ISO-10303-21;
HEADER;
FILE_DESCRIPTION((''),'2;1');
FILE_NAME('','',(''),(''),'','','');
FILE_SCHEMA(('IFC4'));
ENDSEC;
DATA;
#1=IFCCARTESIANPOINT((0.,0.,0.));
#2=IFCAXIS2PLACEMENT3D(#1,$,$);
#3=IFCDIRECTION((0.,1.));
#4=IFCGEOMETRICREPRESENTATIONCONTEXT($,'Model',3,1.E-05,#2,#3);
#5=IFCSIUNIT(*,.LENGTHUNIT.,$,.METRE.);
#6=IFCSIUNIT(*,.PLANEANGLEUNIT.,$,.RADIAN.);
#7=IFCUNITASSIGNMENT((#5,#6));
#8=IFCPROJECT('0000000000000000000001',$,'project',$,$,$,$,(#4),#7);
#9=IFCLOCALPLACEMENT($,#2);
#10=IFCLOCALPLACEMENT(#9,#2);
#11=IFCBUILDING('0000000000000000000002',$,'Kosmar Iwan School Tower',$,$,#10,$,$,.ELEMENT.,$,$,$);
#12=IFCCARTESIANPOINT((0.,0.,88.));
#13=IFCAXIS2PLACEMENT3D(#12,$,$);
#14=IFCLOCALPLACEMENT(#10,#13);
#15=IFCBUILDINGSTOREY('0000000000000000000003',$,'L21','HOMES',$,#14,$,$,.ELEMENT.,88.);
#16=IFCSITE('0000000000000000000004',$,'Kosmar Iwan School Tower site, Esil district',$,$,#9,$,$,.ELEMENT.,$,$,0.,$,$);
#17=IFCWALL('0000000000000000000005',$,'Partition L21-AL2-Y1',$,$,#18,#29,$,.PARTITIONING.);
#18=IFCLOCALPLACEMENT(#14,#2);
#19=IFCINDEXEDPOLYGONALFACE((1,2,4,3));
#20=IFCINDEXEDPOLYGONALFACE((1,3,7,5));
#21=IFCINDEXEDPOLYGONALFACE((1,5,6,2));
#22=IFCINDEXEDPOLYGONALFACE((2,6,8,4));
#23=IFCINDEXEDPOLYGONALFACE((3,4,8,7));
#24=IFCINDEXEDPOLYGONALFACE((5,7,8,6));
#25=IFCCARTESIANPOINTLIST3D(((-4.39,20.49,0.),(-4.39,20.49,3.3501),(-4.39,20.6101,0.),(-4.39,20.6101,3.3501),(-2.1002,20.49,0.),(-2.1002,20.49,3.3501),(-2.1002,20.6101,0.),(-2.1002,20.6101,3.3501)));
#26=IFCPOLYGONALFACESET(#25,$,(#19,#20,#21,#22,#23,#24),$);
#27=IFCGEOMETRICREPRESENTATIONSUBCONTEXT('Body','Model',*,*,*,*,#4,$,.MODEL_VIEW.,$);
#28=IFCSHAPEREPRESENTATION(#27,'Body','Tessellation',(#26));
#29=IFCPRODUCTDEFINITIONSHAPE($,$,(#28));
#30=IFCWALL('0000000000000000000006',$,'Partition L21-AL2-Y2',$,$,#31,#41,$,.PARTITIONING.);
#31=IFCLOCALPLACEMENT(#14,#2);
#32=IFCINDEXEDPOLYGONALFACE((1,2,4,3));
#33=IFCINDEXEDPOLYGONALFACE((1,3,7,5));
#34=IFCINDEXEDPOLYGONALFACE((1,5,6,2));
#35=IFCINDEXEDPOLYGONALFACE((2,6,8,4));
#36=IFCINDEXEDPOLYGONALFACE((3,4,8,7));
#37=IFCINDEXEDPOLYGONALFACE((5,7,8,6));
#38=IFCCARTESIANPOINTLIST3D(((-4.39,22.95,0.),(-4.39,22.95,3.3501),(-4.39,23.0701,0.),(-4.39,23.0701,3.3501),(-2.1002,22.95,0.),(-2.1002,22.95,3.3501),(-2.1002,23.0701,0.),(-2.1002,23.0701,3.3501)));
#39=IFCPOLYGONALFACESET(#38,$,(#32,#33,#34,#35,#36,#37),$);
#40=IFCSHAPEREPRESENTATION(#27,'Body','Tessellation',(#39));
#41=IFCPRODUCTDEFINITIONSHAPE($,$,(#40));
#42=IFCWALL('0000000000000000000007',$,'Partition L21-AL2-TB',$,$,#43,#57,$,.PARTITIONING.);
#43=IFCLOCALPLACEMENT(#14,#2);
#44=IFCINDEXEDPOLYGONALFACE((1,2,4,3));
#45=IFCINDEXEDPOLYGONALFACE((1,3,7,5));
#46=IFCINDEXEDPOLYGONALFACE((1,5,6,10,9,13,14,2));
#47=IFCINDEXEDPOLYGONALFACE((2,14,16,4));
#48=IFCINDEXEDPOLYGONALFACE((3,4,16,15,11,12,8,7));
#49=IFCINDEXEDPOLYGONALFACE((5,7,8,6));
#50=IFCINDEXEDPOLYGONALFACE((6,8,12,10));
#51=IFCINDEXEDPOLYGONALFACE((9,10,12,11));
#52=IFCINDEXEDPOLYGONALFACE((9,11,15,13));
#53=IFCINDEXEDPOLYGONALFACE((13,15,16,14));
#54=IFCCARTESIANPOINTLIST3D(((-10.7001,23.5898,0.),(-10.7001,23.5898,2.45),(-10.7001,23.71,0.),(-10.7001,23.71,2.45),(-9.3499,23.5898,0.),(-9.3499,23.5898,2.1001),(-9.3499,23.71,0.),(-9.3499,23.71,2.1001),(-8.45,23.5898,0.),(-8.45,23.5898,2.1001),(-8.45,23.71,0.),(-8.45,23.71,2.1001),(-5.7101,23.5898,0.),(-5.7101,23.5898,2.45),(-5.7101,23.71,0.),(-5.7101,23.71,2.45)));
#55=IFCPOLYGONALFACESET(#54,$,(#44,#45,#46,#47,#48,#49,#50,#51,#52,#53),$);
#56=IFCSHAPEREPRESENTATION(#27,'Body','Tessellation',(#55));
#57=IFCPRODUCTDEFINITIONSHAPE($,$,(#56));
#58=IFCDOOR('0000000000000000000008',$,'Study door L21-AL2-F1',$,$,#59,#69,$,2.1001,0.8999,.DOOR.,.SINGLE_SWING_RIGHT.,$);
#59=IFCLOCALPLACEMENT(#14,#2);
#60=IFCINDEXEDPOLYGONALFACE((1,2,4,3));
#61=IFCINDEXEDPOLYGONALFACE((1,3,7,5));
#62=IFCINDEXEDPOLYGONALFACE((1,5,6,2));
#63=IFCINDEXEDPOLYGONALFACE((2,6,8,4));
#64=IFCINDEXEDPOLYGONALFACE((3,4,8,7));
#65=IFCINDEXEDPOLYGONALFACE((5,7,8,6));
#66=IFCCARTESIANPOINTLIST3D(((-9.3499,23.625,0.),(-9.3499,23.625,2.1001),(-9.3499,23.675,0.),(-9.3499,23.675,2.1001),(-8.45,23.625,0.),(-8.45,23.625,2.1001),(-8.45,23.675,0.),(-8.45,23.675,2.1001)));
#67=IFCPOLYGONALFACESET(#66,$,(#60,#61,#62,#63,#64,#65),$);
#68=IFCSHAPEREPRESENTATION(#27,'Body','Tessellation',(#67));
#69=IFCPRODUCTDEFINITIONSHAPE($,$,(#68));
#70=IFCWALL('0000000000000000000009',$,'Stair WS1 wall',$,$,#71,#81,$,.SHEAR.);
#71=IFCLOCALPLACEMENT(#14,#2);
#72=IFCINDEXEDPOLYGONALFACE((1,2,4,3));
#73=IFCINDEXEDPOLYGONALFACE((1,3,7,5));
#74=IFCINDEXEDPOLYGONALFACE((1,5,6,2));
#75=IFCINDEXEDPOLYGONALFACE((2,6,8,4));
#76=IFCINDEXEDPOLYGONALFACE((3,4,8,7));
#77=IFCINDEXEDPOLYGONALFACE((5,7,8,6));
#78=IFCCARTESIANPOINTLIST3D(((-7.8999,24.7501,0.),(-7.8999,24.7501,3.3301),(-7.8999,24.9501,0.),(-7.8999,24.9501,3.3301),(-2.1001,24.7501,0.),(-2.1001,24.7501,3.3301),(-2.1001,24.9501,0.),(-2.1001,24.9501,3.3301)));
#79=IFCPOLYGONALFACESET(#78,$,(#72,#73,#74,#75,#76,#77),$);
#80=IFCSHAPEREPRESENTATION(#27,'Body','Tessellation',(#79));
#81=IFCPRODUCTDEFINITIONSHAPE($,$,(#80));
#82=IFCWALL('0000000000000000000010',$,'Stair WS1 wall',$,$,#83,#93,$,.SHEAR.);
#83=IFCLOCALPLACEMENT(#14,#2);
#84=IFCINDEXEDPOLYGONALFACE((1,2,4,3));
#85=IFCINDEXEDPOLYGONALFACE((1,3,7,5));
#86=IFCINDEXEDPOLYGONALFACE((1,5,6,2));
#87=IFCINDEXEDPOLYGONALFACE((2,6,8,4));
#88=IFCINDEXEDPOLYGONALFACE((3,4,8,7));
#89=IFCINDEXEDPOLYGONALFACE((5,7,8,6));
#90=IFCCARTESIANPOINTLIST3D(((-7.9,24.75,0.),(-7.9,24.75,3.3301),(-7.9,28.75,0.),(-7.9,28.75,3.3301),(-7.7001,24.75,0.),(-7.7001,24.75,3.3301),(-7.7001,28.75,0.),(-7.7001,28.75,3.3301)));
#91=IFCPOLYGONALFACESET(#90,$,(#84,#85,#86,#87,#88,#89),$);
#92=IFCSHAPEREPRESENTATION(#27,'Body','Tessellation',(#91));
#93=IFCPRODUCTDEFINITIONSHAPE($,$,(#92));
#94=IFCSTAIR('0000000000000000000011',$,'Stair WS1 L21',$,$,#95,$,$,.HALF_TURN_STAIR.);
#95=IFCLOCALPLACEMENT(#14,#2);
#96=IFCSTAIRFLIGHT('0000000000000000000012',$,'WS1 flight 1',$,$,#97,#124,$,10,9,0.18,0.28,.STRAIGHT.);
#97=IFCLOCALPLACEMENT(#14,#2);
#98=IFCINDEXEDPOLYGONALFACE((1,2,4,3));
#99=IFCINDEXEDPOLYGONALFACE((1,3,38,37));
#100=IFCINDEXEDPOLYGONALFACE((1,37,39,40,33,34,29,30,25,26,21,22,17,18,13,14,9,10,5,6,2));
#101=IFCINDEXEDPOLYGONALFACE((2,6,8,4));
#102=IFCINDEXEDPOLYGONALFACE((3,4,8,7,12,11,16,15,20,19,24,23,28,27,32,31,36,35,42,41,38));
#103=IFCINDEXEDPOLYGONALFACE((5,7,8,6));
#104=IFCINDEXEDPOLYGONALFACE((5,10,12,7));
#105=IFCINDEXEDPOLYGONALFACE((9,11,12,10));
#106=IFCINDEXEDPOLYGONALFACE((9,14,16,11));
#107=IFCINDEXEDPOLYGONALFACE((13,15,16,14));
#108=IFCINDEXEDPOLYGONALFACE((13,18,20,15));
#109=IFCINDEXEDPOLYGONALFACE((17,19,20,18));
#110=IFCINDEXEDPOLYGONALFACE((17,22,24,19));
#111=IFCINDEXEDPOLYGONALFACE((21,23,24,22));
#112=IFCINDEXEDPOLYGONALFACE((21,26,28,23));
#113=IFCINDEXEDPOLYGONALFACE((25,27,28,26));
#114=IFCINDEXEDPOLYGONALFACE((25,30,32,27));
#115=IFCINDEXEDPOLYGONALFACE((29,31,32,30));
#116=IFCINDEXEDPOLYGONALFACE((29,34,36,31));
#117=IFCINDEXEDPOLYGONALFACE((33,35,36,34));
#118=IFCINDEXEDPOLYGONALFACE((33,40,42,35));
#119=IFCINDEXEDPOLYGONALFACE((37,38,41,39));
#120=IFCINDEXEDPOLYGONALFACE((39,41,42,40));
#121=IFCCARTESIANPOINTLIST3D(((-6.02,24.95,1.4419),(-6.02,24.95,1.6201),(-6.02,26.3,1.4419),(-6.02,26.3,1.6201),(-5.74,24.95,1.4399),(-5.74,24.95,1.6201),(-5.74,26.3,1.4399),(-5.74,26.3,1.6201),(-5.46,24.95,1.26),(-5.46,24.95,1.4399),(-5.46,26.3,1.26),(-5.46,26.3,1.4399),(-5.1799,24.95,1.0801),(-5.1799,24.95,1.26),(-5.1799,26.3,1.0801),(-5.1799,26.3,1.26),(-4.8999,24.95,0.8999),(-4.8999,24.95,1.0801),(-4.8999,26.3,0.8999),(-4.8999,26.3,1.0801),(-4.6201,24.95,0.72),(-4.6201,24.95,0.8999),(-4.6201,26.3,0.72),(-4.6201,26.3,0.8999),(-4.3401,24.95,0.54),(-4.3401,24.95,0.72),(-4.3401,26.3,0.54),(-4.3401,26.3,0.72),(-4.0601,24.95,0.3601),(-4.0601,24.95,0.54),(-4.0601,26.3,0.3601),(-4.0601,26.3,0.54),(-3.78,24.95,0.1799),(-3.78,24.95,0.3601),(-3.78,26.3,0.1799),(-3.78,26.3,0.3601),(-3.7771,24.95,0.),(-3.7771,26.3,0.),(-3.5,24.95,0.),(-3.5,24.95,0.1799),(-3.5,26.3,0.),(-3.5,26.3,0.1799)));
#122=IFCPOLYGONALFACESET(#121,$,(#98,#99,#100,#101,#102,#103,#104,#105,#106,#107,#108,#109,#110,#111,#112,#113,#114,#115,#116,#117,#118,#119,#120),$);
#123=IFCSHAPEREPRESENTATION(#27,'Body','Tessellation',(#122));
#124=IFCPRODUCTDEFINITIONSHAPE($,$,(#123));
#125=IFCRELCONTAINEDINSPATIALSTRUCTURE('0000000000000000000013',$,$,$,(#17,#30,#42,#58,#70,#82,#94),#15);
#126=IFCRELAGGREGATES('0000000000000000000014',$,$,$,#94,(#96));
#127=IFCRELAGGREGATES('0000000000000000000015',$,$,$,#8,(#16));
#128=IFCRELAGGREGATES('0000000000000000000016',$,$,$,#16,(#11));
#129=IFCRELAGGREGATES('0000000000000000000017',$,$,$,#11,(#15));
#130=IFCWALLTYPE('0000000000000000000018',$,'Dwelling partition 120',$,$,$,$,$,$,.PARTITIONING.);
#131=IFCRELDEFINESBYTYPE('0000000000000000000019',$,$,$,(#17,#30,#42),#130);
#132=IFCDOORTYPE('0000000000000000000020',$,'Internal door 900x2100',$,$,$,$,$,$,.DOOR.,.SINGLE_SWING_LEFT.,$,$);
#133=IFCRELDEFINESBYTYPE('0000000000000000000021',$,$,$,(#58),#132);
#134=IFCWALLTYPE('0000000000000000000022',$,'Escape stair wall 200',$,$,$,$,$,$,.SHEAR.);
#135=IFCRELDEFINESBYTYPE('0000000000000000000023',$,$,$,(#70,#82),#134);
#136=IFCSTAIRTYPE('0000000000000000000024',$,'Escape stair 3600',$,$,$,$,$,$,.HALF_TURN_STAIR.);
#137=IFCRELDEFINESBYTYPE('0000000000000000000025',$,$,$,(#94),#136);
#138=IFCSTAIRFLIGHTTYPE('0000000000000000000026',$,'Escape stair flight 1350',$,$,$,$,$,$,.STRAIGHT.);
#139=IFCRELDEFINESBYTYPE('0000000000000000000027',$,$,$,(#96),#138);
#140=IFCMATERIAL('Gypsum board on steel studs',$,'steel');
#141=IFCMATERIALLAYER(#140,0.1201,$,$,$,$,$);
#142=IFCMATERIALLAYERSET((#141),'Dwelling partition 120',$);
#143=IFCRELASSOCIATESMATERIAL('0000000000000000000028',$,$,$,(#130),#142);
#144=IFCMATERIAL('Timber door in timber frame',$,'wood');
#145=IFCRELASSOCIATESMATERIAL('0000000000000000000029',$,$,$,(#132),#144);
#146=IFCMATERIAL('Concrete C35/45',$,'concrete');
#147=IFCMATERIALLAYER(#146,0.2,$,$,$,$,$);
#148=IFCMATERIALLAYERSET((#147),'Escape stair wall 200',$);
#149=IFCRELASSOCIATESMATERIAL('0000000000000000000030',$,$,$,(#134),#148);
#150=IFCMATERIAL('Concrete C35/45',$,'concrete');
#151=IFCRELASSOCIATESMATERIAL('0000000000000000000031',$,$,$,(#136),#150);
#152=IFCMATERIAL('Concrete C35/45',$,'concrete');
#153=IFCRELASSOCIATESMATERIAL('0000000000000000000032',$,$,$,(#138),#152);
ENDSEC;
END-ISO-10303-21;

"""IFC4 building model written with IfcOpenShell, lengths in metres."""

from ifc_helpers import new_model, si_unit, direction, frame, frame_2d, origin, place, context, subcontext, project, spatial, polyline, rectangle, outline, extrude, material, layer, layer_set, type_object, element, fill, aggregate, save


model = new_model("IFC4")

# Units and contexts
model_context = context("Model", 3, precision=1e-05, world=origin(), true_north=direction((0.0, 1.0)))
body_context = subcontext(model_context, "Body", "Model", "MODEL_VIEW")
ifc_project = project(units=[si_unit("LENGTHUNIT", "METRE"), si_unit("PLANEANGLEUNIT", "RADIAN")], contexts=[model_context])

# Site, building, storey
site_placement = place(None, origin())
site = spatial("IfcSite", under=ifc_project, at=site_placement, Name="Kosmar Iwan School Tower site, Esil district", CompositionType="ELEMENT", RefElevation=0.0)
building_placement = place(site_placement, origin())
building = spatial("IfcBuilding", under=site, at=building_placement, Name="Kosmar Iwan School Tower", CompositionType="ELEMENT")
storey_placement = place(building_placement, frame((0.0, 0.0, 88.0)))
storey = spatial("IfcBuildingStorey", under=building, at=storey_placement, Name="L21", Description="HOMES", CompositionType="ELEMENT", Elevation=88.0)

# Shared definitions
ifc_material_1 = material(Name="Gypsum board on steel studs", Category="steel")
ifc_layer_1 = layer(ifc_material_1, 0.1201)
ifc_layer_set_1 = layer_set([ifc_layer_1], Name="Dwelling partition 120")
wall_type_1 = type_object("IfcWallType", Name="Dwelling partition 120", PredefinedType="PARTITIONING", material=ifc_layer_set_1)
ifc_material_2 = material(Name="Timber door in timber frame", Category="wood")
door_type_1 = type_object("IfcDoorType", Name="Internal door 900x2100", OperationType="SINGLE_SWING_LEFT", PredefinedType="DOOR", material=ifc_material_2)

# Walls
for number, where, z_axis, x_axis, name in (
    (1, (-2.1001, 20.55, 0.0), (0.0, 0.0, 1.0), (-1.0, 0.0, 0.0), "Partition L21-AL2-Y1"),
    (2, (-2.1001, 23.01, 0.0), (0.0, 0.0, 1.0), (-1.0, 0.0, 0.0), "Partition L21-AL2-Y2"),
):
    element("IfcWall", number, at=place(storey_placement, frame(where, z_axis=z_axis, x_axis=x_axis)), inside=storey, type_object=wall_type_1, Name=name, PredefinedType="PARTITIONING", context=body_context, shape_type="SweptSolid", body=[
        extrude(rectangle(XDim=2.2898, YDim=0.1201, at=frame_2d((1.145, 0.0))), origin(), (0.0, 0.0, 1.0), 3.3501),
    ])

# Wall, opening, door
wall_1_placement = place(storey_placement, frame((-5.71, 23.6499, 0.0), z_axis=(0.0, 0.0, 1.0), x_axis=(-1.0, 0.0, 0.0)))
wall_1 = element("IfcWall", 3, at=wall_1_placement, inside=storey, type_object=wall_type_1, Name="Partition L21-AL2-TB", PredefinedType="PARTITIONING", context=body_context, shape_type="SweptSolid", body=[
    extrude(rectangle(XDim=4.99, YDim=0.1201, at=frame_2d((2.4951, 0.0))), origin(), (0.0, 0.0, 1.0), 2.45),
])
opening_1_placement = place(wall_1_placement, frame((2.74, 0.0, 0.0)))
opening_1 = element("IfcOpeningElement", 4, at=opening_1_placement, cuts=wall_1, PredefinedType="OPENING", context=body_context, shape_type="SweptSolid", body=[
    extrude(rectangle(XDim=0.8999, YDim=2.1001, at=frame_2d((0.45, 1.05))), frame((0.0, 0.072, 0.0), z_axis=(0.0, -1.0, 0.0), x_axis=(1.0, 0.0, 0.0)), (0.0, 0.0, 1.0), 0.144),
])
door_1_placement = place(opening_1_placement, origin())
door_1 = element("IfcDoor", 5, at=door_1_placement, inside=storey, type_object=door_type_1, Name="Study door L21-AL2-F1", OperationType="SINGLE_SWING_RIGHT", OverallHeight=2.1001, OverallWidth=0.8999, PredefinedType="DOOR", context=body_context, shape_type="SweptSolid", body=[
    extrude(rectangle(XDim=0.8999, YDim=2.1001, at=frame_2d((0.45, 1.05))), frame((0.0, 0.0249, 0.0), z_axis=(0.0, -1.0, 0.0), x_axis=(1.0, 0.0, 0.0)), (0.0, 0.0, 1.0), 0.05),
])
fill(opening_1, door_1)

# Walls
ifc_material_3 = material(Name="Concrete C35/45", Category="concrete")
ifc_layer_2 = layer(ifc_material_3, 0.2)
ifc_layer_set_2 = layer_set([ifc_layer_2], Name="Escape stair wall 200")
wall_type_2 = type_object("IfcWallType", Name="Escape stair wall 200", PredefinedType="SHEAR", material=ifc_layer_set_2)
wall_2_placement = place(storey_placement, frame((-2.1001, 24.8501, 0.0), z_axis=(0.0, 0.0, 1.0), x_axis=(-1.0, 0.0, 0.0)))
element("IfcWall", 6, at=wall_2_placement, inside=storey, type_object=wall_type_2, Name="Stair WS1 wall", PredefinedType="SHEAR", context=body_context, shape_type="SweptSolid", body=[
    extrude(rectangle(XDim=5.7998, YDim=0.2, at=frame_2d((2.8999, 0.0))), origin(), (0.0, 0.0, 1.0), 3.3301),
])
wall_3_placement = place(storey_placement, frame((-7.8, 24.75, 0.0), z_axis=(0.0, 0.0, 1.0), x_axis=(0.0, 1.0, 0.0)))
element("IfcWall", 7, at=wall_3_placement, inside=storey, type_object=wall_type_2, Name="Stair WS1 wall", PredefinedType="SHEAR", context=body_context, shape_type="SweptSolid", body=[
    extrude(rectangle(XDim=4.0, YDim=0.2, at=frame_2d((2.0, 0.0))), origin(), (0.0, 0.0, 1.0), 3.3301),
])

# Stair, stair flight
ifc_material_4 = material(Name="Concrete C35/45", Category="concrete")
stair_type = type_object("IfcStairType", Name="Escape stair 3600", PredefinedType="HALF_TURN_STAIR", material=ifc_material_4)
stair_placement = place(storey_placement, origin())
stair = element("IfcStair", 8, at=stair_placement, inside=storey, type_object=stair_type, Name="Stair WS1 L21", PredefinedType="HALF_TURN_STAIR")
ifc_material_5 = material(Name="Concrete C35/45", Category="concrete")
stair_flight_type = type_object("IfcStairFlightType", Name="Escape stair flight 1350", PredefinedType="STRAIGHT", material=ifc_material_5)
stair_flight_placement = place(storey_placement, frame((-3.5, 25.625, 0.0), z_axis=(0.0, 0.0, 1.0), x_axis=(-1.0, 0.0, 0.0)))
stair_flight = element("IfcStairFlight", 9, at=stair_flight_placement, type_object=stair_flight_type, Name="WS1 flight 1", NumberOfRisers=10, NumberOfTreads=9, PredefinedType="STRAIGHT", RiserHeight=0.18, TreadLength=0.28, context=body_context, shape_type="SweptSolid", body=[
    extrude(outline(polyline([(0.0, 0.0), (0.0, 0.1799), (0.28, 0.1799), (0.28, 0.3601), (0.5601, 0.3601), (0.5601, 0.54), (0.8401, 0.54), (0.8401, 0.72), (1.1201, 0.72), (1.1201, 0.8999), (1.3999, 0.8999), (1.3999, 1.0801), (1.6799, 1.0801), (1.6799, 1.26), (1.96, 1.26), (1.96, 1.4399), (2.24, 1.4399), (2.24, 1.6201), (2.52, 1.6201), (2.52, 1.8), (2.52, 1.4419), (0.2771, 0.0), (0.0, 0.0)])), frame((0.0, 0.675, 0.0), z_axis=(0.0, -1.0, 0.0), x_axis=(1.0, 0.0, 0.0)), (0.0, 0.0, 1.0), 1.3501),
])
aggregate(stair, [stair_flight])

save(model, "model.ifc")
